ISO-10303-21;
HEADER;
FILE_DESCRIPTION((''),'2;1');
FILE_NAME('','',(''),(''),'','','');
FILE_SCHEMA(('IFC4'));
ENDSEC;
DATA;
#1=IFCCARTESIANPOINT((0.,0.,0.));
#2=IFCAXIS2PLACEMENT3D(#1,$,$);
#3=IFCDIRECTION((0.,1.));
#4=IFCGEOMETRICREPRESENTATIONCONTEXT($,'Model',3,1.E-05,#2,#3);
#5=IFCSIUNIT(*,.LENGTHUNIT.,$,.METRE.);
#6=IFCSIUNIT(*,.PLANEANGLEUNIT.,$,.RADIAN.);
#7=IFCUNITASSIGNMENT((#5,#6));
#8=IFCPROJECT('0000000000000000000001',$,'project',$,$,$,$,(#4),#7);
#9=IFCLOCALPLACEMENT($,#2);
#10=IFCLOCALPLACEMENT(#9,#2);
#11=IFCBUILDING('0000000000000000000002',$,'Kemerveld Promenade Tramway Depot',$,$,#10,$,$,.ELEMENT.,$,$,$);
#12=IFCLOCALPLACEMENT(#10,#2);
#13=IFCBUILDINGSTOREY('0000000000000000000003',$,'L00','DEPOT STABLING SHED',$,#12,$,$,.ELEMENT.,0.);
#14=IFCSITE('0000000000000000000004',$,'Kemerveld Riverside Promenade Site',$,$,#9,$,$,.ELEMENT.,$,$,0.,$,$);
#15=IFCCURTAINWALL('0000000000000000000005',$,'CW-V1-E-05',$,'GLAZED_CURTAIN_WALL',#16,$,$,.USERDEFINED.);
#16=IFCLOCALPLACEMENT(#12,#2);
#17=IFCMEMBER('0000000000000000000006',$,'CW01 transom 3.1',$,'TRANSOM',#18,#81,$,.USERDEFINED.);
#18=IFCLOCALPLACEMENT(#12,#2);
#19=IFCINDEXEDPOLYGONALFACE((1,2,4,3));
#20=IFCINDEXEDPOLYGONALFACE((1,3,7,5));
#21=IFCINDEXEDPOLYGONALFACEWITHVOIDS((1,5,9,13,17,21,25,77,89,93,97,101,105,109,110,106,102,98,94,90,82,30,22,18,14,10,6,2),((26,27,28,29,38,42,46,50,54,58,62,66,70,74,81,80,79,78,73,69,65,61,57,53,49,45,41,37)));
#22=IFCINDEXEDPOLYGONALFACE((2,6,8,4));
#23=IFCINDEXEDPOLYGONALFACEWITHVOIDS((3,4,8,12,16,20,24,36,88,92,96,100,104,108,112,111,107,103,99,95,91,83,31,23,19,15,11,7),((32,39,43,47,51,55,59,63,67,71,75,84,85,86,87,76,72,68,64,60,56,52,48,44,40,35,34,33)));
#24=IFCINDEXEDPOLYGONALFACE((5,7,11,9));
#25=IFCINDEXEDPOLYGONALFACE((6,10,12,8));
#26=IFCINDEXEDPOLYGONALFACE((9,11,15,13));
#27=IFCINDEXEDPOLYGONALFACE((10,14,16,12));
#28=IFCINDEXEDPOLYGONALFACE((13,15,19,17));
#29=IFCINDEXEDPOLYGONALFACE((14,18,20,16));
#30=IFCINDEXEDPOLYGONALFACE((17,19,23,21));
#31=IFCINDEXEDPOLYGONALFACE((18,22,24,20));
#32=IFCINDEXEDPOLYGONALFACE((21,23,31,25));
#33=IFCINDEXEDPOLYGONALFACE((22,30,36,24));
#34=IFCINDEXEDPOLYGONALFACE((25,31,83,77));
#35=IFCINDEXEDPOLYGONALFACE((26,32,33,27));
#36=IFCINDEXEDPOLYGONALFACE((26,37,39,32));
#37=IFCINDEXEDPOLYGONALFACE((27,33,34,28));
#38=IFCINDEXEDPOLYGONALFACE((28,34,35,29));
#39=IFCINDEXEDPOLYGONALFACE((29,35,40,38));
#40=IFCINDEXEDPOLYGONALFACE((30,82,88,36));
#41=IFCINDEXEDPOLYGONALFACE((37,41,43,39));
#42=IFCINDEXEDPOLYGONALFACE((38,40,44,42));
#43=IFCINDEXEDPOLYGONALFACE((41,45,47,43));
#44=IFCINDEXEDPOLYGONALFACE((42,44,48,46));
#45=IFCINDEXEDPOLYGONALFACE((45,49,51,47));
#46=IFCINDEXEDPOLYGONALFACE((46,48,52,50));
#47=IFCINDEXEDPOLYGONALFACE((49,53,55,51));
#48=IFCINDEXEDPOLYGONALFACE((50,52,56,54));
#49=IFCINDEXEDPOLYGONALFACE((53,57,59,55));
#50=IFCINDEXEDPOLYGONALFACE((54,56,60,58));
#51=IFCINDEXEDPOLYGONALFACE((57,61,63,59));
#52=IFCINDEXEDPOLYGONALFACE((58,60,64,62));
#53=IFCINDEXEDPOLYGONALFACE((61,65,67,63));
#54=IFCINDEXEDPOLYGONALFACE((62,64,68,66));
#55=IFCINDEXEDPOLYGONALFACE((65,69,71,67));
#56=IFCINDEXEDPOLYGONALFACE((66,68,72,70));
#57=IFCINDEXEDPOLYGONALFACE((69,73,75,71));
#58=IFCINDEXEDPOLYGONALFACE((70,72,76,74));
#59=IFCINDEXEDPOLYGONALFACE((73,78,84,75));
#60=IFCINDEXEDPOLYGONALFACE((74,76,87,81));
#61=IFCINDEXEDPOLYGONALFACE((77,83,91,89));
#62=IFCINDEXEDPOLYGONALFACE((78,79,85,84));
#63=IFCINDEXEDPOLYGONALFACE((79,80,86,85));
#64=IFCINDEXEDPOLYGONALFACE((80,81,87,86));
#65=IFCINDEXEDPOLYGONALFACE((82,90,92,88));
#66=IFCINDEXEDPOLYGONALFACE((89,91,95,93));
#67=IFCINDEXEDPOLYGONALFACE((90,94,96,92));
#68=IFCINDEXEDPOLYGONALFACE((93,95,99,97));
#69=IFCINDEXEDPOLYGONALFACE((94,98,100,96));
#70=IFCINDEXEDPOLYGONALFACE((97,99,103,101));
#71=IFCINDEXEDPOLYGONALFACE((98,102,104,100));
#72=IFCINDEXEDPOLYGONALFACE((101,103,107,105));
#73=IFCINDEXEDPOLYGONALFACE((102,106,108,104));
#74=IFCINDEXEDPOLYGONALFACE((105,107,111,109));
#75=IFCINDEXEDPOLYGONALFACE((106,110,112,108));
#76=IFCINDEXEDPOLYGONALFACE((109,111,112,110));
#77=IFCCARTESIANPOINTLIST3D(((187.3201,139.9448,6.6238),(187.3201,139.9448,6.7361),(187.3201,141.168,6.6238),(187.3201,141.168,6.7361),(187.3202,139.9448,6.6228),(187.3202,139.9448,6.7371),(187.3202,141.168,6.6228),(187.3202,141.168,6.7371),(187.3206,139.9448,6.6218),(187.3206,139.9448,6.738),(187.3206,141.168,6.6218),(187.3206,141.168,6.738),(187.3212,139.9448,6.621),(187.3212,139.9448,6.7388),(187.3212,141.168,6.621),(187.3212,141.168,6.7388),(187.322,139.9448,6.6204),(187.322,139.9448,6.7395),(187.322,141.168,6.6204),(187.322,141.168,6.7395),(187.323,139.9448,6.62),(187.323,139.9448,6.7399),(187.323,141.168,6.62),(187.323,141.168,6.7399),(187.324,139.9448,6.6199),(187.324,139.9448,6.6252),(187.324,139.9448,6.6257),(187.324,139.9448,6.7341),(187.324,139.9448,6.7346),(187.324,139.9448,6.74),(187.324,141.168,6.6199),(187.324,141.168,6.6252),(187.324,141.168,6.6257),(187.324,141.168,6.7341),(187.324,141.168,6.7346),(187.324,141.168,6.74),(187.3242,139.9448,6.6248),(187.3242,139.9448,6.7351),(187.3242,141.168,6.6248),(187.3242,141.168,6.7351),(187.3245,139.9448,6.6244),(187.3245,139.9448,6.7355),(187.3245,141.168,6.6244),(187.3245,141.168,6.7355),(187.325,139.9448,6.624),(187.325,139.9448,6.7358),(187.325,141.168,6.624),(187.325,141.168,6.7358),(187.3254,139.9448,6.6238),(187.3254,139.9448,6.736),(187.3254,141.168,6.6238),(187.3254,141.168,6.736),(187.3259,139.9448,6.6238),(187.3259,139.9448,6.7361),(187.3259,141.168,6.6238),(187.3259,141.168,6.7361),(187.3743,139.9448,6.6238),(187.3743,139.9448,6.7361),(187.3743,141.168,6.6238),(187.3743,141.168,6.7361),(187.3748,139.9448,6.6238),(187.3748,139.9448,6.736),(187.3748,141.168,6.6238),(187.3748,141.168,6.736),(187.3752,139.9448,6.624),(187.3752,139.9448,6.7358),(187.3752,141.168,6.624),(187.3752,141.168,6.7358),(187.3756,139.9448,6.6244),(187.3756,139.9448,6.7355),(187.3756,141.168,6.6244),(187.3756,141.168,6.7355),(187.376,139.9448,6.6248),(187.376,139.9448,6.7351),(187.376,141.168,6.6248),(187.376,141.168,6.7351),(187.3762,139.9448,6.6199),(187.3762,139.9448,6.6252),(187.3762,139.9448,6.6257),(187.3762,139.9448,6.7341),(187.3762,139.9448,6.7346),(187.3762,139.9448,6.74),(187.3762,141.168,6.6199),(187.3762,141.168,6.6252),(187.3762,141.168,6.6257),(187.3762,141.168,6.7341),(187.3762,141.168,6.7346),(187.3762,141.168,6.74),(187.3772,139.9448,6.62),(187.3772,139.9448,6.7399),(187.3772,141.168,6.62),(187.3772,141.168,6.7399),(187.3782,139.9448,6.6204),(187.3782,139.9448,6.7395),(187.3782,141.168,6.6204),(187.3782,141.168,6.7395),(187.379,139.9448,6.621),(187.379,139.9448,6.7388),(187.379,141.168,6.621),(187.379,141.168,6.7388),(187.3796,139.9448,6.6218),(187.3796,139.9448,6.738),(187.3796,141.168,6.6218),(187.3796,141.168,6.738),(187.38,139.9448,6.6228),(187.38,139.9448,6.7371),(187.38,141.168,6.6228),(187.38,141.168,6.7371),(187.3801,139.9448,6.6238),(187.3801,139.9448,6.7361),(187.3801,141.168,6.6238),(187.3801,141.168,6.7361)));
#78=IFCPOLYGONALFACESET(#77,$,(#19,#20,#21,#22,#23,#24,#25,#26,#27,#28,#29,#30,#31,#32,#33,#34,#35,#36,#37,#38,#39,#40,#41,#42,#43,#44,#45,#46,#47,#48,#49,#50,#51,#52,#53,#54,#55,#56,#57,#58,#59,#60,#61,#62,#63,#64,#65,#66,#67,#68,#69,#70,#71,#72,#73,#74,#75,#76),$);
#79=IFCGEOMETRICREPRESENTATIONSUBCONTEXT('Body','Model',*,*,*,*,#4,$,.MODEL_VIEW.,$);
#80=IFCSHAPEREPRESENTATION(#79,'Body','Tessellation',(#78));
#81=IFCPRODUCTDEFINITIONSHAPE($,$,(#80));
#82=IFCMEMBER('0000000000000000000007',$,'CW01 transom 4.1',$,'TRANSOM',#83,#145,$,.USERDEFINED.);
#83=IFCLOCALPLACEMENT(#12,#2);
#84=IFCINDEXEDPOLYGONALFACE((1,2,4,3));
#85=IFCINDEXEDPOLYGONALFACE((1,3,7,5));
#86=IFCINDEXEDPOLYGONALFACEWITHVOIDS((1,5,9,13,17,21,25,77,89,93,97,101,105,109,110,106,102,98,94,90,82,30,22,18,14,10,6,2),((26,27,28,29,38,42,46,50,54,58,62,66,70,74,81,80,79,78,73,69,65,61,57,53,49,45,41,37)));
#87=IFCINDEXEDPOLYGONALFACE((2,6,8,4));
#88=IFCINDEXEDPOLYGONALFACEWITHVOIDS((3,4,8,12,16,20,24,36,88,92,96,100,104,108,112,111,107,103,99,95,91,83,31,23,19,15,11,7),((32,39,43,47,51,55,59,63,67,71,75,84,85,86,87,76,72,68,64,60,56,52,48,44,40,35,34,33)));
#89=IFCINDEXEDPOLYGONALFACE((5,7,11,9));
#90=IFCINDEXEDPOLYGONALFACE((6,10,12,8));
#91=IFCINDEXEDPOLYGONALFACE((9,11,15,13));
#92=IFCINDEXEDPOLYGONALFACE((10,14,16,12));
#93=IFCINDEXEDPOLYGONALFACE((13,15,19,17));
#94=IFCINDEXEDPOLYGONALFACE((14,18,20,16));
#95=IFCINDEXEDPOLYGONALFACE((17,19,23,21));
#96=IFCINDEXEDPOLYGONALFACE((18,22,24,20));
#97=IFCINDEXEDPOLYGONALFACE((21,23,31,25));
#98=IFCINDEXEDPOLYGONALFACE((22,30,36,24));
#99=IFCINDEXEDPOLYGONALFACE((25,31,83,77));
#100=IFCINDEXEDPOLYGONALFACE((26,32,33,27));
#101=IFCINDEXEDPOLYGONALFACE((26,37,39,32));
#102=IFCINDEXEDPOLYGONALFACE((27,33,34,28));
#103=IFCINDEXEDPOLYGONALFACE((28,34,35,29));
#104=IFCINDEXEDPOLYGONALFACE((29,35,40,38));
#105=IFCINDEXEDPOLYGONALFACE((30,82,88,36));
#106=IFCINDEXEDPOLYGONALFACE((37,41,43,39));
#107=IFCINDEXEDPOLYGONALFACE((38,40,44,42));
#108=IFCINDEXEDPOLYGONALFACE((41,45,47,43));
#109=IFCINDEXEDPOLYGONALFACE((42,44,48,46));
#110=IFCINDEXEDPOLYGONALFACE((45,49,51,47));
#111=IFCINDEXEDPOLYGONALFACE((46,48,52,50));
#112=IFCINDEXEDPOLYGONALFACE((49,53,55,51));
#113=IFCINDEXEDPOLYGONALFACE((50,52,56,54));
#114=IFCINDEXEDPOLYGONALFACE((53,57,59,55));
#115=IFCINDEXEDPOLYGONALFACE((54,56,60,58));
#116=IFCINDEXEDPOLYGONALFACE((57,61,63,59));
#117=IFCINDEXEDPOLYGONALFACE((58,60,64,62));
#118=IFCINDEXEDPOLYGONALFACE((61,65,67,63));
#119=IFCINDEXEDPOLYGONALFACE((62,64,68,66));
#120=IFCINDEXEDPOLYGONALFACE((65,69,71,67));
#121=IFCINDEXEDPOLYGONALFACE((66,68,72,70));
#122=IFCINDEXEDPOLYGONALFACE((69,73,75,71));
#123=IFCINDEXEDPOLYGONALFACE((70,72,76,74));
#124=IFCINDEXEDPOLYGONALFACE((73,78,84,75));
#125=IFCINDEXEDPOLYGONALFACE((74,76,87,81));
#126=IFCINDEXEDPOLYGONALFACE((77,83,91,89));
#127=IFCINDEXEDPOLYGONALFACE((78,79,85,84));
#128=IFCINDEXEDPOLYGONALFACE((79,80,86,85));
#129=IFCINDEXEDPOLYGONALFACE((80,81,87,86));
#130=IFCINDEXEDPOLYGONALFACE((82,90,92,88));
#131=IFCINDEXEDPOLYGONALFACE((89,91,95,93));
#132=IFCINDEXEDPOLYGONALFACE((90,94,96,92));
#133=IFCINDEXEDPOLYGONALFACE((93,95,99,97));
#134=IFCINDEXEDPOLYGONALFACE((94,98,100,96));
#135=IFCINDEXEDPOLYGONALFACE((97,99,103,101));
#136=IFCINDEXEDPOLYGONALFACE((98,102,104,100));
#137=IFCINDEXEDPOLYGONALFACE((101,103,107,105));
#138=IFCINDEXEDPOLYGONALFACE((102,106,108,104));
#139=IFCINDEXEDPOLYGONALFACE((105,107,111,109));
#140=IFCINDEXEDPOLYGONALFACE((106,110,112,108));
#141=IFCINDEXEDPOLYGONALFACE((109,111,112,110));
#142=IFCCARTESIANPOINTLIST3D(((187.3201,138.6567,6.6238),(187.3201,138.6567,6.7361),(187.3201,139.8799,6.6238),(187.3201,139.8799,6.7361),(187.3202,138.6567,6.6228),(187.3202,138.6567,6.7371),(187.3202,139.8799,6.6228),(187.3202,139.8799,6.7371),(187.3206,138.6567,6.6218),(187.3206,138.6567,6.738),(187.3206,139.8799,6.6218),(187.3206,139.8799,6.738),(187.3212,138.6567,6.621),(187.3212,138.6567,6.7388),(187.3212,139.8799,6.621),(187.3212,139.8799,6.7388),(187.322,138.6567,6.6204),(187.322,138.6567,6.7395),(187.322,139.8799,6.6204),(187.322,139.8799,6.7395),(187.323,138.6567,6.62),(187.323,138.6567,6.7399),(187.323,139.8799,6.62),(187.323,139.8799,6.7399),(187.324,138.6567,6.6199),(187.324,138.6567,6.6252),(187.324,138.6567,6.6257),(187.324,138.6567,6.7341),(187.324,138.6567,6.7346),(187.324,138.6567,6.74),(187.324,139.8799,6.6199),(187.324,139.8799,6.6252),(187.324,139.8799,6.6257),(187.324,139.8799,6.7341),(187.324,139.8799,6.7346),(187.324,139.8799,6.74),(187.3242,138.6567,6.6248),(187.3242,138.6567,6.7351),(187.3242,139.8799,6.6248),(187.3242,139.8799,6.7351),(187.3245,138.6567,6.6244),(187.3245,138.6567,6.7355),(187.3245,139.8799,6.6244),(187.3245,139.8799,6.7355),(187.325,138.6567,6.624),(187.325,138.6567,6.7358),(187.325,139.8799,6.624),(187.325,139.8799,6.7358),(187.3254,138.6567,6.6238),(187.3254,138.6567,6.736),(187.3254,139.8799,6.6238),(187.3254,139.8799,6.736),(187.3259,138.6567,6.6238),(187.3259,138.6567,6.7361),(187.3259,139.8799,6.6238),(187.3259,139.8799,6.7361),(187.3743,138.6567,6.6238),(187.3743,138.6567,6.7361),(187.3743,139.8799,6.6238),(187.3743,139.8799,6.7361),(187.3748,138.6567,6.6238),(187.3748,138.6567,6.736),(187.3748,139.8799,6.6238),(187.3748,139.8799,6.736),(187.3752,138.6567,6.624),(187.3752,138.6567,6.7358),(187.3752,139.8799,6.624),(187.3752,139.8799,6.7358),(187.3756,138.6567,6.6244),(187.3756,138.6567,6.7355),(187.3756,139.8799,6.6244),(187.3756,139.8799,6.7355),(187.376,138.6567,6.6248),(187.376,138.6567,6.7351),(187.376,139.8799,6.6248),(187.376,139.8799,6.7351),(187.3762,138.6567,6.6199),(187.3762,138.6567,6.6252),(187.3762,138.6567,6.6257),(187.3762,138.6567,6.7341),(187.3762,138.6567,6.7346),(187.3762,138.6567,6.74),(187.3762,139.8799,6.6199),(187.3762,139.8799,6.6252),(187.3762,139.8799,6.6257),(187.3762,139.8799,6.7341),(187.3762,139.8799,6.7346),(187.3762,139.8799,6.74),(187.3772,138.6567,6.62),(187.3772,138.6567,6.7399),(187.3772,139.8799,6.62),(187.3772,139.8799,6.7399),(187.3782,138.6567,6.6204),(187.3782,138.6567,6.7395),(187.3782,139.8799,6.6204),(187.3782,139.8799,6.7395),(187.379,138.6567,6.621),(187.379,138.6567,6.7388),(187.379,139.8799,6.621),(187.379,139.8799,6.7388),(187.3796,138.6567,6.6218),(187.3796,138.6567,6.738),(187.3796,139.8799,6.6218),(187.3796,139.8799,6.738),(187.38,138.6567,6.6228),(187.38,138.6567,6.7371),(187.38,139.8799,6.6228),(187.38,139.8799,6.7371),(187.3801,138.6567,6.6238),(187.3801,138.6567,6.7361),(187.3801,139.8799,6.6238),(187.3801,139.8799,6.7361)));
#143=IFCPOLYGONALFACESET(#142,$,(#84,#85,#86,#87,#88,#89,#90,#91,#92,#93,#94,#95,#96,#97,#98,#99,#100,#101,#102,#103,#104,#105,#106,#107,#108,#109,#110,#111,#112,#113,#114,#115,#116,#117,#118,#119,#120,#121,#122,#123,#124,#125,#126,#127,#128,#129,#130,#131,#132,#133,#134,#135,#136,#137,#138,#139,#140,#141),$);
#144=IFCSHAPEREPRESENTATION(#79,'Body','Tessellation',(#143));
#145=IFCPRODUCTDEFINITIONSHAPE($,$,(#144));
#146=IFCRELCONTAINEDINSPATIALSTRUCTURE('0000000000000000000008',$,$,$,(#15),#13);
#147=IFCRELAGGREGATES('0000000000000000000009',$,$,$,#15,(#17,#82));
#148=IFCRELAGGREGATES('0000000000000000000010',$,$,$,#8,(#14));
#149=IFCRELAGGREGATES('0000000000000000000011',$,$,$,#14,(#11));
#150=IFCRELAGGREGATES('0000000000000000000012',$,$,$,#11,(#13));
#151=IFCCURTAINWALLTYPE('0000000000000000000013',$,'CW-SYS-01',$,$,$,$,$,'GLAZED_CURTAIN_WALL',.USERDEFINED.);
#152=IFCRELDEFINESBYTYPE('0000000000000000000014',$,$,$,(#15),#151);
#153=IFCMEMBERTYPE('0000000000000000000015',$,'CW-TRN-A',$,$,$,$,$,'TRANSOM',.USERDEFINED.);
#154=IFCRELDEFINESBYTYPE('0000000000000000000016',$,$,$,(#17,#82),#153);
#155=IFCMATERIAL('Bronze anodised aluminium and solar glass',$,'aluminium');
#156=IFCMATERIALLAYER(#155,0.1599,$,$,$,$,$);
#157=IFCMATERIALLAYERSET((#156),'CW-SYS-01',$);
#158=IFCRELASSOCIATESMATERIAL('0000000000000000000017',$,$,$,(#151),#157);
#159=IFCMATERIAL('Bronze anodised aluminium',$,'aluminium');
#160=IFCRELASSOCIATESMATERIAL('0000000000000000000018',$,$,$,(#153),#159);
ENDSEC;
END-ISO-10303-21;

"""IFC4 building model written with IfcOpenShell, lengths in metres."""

from ifc_helpers import new_model, si_unit, direction, frame, origin, origin_2d, place, context, subcontext, project, spatial, hollow_rectangle, extrude, material, layer, layer_set, material_profile, profile_set, type_object, element, aggregate, save


model = new_model("IFC4")

# Units and contexts
model_context = context("Model", 3, precision=1e-05, world=origin(), true_north=direction((0.0, 1.0)))
body_context = subcontext(model_context, "Body", "Model", "MODEL_VIEW")
ifc_project = project(units=[si_unit("LENGTHUNIT", "METRE"), si_unit("PLANEANGLEUNIT", "RADIAN")], contexts=[model_context])

# Site, building, storey
site_placement = place(None, origin())
site = spatial("IfcSite", under=ifc_project, at=site_placement, Name="Kemerveld Riverside Promenade Site", CompositionType="ELEMENT", RefElevation=0.0)
building_placement = place(site_placement, origin())
building = spatial("IfcBuilding", under=site, at=building_placement, Name="Kemerveld Promenade Tramway Depot", CompositionType="ELEMENT")
storey_placement = place(building_placement, origin())
storey = spatial("IfcBuildingStorey", under=building, at=storey_placement, Name="L00", Description="DEPOT STABLING SHED", CompositionType="ELEMENT", Elevation=0.0)

# Curtain wall
ifc_material_1 = material(Name="Bronze anodised aluminium and solar glass", Category="aluminium")
ifc_material_2 = material(Name="Bronze anodised aluminium", Category="aluminium")
ifc_layer_1 = layer(ifc_material_1, 0.1599)
ifc_layer_set_1 = layer_set([ifc_layer_1], Name="CW-SYS-01")
curtain_wall_type_1 = type_object("IfcCurtainWallType", Name="CW-SYS-01", ElementType="GLAZED_CURTAIN_WALL", PredefinedType="USERDEFINED", material=ifc_layer_set_1)
curtain_wall_1_placement = place(storey_placement, origin())
curtain_wall_1 = element("IfcCurtainWall", 1, at=curtain_wall_1_placement, inside=storey, type_object=curtain_wall_type_1, Name="CW-V1-E-05", ObjectType="GLAZED_CURTAIN_WALL", PredefinedType="USERDEFINED")

# Members
ifc_material_profile_1 = material_profile(ifc_material_2, hollow_rectangle(XDim=0.0601, YDim=0.1201, WallThickness=0.0039, InnerFilletRadius=0.002, OuterFilletRadius=0.0039, at=origin_2d()), Name="CW-TRN-120x60")
ifc_profile_set_1 = profile_set([ifc_material_profile_1], Name="Bronze anodised aluminium")
member_type_1 = type_object("IfcMemberType", Name="CW-TRN-A", ElementType="TRANSOM", PredefinedType="USERDEFINED", material=ifc_profile_set_1)
member_1_placement = place(storey_placement, frame((187.3501, 141.168, 6.6799), z_axis=(0.0, -1.0, 0.0), x_axis=(1.0, 0.0, 0.0)))
member_1 = element("IfcMember", 2, at=member_1_placement, type_object=member_type_1, Name="CW01 transom 3.1", ObjectType="TRANSOM", PredefinedType="USERDEFINED", context=body_context, shape_type="SweptSolid", body=[
    extrude(hollow_rectangle(XDim=0.0601, YDim=0.1201, WallThickness=0.0039, InnerFilletRadius=0.002, OuterFilletRadius=0.0039, at=origin_2d()), origin(), (0.0, 0.0, 1.0), 1.2231),
])
member_2_placement = place(storey_placement, frame((187.3501, 139.8799, 6.6799), z_axis=(0.0, -1.0, 0.0), x_axis=(1.0, 0.0, 0.0)))
member_2 = element("IfcMember", 3, at=member_2_placement, type_object=member_type_1, Name="CW01 transom 4.1", ObjectType="TRANSOM", PredefinedType="USERDEFINED", context=body_context, shape_type="SweptSolid", body=[
    extrude(hollow_rectangle(XDim=0.0601, YDim=0.1201, WallThickness=0.0039, InnerFilletRadius=0.002, OuterFilletRadius=0.0039, at=origin_2d()), origin(), (0.0, 0.0, 1.0), 1.2231),
])

aggregate(curtain_wall_1, [member_1, member_2])

save(model, "model.ifc")
